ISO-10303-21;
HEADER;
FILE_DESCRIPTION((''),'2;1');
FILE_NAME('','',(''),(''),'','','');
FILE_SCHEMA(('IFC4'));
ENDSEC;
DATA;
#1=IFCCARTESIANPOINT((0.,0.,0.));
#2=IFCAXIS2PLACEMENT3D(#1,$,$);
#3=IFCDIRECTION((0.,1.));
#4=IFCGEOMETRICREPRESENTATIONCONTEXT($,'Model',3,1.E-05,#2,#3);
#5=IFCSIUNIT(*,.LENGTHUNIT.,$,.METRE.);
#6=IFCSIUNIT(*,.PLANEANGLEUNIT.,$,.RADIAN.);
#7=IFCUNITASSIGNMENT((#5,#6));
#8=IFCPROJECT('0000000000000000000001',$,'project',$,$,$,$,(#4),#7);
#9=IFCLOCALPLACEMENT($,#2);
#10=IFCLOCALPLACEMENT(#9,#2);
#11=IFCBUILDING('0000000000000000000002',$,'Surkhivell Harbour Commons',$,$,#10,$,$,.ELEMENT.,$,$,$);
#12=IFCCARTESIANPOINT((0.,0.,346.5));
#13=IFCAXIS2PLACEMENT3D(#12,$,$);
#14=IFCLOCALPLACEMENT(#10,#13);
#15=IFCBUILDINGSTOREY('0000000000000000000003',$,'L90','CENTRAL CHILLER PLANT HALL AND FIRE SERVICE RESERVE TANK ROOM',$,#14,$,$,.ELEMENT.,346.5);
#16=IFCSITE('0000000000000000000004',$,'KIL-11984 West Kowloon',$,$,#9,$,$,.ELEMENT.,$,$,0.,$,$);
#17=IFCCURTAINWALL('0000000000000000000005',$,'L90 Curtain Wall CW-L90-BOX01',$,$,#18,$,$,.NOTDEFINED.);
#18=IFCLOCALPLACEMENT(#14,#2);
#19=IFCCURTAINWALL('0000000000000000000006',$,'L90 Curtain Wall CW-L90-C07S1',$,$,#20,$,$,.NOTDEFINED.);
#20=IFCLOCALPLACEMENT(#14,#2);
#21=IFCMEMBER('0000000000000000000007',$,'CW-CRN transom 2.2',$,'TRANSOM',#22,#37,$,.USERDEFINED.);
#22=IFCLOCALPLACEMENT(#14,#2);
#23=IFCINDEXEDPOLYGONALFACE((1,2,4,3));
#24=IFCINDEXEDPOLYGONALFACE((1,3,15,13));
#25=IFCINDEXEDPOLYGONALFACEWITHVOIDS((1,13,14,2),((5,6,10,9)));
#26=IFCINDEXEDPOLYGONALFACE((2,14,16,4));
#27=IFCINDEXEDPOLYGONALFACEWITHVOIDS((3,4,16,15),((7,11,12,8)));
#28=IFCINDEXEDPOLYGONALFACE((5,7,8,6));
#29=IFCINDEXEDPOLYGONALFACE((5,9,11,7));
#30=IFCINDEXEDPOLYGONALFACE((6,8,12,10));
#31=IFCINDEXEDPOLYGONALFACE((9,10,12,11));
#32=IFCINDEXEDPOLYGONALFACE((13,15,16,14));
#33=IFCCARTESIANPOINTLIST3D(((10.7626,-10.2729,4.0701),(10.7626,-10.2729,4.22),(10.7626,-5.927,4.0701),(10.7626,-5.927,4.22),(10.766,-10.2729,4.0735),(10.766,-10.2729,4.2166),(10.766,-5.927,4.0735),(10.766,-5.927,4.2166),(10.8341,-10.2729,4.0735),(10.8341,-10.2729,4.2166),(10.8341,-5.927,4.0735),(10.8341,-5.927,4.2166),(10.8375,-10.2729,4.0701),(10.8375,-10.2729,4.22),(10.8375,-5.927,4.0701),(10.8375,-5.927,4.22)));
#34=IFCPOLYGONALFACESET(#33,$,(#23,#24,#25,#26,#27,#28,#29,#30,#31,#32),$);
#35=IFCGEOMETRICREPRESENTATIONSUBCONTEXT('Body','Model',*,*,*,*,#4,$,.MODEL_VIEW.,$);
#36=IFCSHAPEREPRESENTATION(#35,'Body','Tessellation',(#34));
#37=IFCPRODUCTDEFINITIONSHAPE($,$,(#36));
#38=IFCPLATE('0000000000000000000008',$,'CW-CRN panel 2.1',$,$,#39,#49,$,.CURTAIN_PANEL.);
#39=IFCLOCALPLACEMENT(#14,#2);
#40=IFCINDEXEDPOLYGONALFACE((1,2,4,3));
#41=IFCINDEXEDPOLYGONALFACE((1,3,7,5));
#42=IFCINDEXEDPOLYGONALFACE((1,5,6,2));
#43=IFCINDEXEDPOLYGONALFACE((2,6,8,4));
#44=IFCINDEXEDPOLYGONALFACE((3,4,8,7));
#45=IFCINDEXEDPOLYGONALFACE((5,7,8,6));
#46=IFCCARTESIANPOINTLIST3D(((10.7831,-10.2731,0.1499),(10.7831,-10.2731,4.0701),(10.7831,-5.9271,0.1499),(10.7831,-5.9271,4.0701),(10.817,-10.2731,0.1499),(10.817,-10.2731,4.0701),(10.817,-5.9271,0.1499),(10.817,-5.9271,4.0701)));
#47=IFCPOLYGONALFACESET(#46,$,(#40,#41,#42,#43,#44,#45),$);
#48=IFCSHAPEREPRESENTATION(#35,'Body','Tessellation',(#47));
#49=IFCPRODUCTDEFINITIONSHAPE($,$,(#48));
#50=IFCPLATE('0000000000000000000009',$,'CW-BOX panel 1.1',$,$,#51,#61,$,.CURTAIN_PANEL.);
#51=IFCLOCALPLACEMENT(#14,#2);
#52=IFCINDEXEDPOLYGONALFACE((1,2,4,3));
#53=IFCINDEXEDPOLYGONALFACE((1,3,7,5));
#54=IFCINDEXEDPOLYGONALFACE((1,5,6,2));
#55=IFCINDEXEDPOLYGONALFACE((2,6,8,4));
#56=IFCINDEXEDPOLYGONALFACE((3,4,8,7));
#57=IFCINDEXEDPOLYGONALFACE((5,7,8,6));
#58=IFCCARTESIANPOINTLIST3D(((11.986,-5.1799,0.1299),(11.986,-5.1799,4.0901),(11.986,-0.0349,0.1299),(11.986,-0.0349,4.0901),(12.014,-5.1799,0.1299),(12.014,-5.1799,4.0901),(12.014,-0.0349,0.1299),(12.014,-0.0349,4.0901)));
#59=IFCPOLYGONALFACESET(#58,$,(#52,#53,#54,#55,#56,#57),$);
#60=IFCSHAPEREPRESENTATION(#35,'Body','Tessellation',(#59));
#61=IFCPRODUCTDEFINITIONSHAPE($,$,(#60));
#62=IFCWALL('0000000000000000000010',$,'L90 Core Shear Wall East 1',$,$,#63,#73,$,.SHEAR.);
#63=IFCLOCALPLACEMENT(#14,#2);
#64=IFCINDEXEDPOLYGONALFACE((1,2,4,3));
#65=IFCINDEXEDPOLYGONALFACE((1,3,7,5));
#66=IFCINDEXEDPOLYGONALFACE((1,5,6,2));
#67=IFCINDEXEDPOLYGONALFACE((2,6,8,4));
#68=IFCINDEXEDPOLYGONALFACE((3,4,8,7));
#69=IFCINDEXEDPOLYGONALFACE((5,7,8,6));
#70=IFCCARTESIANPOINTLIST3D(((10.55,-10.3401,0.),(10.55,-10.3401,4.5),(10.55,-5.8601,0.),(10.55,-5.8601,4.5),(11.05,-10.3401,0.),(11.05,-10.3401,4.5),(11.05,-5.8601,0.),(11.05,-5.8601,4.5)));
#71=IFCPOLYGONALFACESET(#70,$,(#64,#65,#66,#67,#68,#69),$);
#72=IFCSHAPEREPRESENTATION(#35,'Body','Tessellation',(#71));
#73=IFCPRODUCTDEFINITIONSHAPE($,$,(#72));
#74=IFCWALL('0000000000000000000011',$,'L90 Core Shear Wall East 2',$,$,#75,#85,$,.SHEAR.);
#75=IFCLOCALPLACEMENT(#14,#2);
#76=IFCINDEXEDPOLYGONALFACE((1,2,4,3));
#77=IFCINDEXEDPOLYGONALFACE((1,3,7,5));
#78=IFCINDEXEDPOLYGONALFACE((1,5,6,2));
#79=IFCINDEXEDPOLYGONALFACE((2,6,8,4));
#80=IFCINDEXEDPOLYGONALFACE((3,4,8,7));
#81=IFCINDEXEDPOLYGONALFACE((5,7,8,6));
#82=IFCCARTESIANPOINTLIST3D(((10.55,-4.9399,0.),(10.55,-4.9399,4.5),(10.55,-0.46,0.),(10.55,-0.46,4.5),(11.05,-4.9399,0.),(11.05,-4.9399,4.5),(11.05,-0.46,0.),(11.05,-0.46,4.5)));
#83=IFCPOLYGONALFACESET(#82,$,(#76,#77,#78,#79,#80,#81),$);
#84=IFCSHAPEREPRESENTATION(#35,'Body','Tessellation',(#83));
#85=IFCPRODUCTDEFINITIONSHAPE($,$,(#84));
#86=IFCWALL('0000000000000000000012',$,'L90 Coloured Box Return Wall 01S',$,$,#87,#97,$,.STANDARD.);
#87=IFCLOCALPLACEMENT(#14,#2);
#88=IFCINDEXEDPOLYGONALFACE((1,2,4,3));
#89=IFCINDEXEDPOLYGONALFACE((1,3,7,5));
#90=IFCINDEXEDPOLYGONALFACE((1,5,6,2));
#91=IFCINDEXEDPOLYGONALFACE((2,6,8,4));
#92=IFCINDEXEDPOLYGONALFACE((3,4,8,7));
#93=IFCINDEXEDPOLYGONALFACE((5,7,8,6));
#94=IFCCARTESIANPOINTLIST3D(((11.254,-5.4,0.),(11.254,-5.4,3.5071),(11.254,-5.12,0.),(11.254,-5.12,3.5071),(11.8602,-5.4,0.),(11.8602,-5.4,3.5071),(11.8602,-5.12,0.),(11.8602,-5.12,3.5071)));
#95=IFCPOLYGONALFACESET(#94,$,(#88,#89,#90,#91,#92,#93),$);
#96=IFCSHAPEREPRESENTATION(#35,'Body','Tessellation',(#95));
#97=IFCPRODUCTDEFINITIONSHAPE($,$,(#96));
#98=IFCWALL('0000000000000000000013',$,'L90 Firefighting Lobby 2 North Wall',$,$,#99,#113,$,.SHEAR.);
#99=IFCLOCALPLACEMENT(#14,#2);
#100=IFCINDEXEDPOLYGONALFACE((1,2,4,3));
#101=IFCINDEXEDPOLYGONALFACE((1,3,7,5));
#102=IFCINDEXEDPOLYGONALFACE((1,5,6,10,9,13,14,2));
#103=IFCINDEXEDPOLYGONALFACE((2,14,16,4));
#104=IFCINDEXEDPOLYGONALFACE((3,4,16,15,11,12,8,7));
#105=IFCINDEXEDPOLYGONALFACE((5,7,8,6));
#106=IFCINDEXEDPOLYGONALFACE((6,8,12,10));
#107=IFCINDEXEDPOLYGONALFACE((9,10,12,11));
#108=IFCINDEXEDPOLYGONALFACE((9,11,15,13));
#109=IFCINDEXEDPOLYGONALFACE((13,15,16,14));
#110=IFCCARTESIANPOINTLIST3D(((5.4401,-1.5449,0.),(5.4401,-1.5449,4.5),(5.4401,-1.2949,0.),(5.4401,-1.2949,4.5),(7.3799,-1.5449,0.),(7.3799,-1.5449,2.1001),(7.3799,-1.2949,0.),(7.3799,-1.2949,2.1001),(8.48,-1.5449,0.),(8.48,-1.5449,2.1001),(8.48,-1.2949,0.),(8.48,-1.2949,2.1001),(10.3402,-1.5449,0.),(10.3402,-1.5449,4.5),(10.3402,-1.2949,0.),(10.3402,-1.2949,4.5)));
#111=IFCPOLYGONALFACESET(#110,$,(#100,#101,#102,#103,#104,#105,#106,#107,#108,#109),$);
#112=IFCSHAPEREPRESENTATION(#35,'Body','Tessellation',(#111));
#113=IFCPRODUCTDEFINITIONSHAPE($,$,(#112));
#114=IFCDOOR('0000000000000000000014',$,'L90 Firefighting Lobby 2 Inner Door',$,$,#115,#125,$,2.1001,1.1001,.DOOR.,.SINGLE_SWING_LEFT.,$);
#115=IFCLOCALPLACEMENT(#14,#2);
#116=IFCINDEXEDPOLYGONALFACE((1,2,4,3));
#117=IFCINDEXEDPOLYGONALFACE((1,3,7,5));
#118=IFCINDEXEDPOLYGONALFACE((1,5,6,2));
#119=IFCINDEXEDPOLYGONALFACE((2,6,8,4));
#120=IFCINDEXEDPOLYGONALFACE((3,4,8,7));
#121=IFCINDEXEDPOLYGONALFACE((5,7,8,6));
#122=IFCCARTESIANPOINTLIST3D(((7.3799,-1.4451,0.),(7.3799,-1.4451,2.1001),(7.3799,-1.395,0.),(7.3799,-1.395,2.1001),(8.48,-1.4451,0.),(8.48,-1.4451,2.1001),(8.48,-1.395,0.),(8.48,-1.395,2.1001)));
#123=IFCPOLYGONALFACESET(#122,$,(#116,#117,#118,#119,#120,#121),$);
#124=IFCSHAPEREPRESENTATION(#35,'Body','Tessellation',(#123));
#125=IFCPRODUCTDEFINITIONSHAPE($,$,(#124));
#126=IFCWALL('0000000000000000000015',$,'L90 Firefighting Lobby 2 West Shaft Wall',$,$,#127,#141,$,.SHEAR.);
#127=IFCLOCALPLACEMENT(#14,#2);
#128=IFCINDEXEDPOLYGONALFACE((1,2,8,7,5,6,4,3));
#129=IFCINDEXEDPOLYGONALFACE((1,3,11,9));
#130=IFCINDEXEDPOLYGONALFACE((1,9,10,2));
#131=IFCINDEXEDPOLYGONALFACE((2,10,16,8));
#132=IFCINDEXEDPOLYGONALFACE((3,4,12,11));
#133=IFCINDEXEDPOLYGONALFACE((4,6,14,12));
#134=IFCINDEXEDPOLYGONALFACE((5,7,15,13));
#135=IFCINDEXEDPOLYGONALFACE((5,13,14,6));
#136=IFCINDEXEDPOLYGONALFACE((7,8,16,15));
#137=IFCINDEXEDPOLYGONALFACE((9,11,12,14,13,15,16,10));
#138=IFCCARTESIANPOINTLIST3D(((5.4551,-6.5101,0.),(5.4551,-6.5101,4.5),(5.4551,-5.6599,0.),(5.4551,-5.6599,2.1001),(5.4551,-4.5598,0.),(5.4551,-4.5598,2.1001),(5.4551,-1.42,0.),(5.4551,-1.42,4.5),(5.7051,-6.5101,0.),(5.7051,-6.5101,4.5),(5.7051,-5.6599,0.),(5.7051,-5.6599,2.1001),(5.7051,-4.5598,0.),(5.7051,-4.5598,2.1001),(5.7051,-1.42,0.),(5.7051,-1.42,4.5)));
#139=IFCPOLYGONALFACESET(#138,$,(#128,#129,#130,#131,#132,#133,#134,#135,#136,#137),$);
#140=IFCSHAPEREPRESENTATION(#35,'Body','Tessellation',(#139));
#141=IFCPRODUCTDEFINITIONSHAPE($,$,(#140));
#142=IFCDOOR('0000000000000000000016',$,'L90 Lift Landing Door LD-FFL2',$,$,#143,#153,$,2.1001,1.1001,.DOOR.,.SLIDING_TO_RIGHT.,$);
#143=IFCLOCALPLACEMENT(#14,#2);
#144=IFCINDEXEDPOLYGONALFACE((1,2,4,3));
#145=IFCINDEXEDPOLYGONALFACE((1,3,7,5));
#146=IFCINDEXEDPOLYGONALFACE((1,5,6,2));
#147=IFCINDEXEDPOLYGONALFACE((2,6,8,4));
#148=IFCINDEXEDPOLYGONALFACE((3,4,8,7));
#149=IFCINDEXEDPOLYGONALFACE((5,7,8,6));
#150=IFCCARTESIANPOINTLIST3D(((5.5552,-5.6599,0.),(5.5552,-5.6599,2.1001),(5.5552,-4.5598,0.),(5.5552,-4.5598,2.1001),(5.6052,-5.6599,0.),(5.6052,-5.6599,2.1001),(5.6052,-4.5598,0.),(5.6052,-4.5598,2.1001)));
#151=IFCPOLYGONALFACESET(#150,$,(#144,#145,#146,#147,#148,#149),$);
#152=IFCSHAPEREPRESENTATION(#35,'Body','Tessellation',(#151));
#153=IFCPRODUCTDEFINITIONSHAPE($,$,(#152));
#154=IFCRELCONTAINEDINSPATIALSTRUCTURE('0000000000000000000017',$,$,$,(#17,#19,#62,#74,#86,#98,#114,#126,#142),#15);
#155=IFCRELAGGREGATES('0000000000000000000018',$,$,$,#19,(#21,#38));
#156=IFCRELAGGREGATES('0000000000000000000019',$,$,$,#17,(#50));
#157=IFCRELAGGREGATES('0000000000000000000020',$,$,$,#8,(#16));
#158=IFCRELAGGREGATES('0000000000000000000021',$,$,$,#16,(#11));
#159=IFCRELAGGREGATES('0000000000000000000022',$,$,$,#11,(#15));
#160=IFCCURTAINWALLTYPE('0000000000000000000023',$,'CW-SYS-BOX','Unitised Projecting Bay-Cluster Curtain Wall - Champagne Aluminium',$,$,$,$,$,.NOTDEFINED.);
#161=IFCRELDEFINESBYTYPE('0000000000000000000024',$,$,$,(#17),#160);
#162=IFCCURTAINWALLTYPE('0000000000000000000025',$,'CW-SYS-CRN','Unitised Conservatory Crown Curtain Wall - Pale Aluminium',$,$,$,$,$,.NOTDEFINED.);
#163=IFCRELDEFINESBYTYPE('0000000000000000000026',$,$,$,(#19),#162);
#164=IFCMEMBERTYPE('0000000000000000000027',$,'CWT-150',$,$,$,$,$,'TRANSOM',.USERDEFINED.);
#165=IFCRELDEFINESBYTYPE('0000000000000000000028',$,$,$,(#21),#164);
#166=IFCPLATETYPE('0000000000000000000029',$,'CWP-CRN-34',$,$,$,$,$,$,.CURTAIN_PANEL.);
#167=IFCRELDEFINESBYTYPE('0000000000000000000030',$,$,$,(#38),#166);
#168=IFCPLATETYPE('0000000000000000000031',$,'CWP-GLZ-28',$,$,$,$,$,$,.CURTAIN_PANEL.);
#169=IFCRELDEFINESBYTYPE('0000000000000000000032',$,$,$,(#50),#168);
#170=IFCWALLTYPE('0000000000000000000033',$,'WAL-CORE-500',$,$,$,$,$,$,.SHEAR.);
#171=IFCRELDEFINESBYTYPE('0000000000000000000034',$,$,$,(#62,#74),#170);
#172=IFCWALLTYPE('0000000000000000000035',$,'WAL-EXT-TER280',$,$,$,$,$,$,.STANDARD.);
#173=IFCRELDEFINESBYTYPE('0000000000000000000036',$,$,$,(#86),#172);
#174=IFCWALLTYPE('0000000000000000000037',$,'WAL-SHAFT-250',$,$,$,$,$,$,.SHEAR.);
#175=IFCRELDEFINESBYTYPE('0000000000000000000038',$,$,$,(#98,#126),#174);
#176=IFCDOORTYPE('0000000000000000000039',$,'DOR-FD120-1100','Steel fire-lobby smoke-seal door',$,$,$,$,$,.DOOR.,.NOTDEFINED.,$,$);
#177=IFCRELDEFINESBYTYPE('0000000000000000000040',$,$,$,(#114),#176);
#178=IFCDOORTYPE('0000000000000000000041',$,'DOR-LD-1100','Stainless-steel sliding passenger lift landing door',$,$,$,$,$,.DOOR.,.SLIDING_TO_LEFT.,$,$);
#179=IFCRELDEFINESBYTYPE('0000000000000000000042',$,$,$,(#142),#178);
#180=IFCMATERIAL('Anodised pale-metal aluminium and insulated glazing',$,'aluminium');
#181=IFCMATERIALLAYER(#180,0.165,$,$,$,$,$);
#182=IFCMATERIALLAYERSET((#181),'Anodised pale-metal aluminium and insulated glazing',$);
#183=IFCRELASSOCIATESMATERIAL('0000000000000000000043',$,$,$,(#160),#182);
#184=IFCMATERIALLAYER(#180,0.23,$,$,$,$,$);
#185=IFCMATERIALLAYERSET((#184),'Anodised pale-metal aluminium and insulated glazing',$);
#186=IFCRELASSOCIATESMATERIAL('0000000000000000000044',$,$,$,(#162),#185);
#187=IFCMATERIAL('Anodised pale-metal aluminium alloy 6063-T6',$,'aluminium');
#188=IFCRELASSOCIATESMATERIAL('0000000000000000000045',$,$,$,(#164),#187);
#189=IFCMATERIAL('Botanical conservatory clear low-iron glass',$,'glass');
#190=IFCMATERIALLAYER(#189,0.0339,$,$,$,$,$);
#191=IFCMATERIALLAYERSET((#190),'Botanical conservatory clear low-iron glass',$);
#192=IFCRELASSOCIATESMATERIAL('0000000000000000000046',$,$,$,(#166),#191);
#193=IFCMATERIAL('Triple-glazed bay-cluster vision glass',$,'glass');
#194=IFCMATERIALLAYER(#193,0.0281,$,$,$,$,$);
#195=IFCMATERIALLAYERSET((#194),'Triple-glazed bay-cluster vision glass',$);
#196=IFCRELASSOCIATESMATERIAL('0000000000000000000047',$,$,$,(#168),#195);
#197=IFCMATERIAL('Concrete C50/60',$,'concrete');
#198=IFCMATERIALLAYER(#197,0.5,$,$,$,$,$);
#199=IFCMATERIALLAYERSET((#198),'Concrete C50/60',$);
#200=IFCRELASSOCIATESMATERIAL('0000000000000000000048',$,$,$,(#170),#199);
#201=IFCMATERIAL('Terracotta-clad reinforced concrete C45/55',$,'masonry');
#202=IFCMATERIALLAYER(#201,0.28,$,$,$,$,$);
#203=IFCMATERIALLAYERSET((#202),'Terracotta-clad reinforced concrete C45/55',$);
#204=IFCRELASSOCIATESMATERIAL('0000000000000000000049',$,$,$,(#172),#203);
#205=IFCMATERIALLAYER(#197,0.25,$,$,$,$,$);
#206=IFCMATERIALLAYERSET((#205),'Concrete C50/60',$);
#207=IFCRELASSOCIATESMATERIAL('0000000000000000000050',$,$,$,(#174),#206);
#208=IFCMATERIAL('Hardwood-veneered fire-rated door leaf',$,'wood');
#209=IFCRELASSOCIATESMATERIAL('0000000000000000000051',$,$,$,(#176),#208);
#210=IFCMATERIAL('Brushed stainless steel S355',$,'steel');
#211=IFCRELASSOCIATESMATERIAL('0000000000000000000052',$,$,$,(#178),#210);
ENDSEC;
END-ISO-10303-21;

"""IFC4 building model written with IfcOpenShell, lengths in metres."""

from ifc_helpers import new_model, si_unit, direction, frame, frame_2d, origin, origin_2d, place, context, subcontext, project, spatial, rectangle, hollow_rectangle, extrude, material, layer, layer_set, material_profile, profile_set, type_object, element, fill, aggregate, save


model = new_model("IFC4")

# Units and contexts
model_context = context("Model", 3, precision=1e-05, world=origin(), true_north=direction((0.0, 1.0)))
body_context = subcontext(model_context, "Body", "Model", "MODEL_VIEW")
ifc_project = project(units=[si_unit("LENGTHUNIT", "METRE"), si_unit("PLANEANGLEUNIT", "RADIAN")], contexts=[model_context])

# Site, building, storey
site_placement = place(None, origin())
site = spatial("IfcSite", under=ifc_project, at=site_placement, Name="KIL-11984 West Kowloon", CompositionType="ELEMENT", RefElevation=0.0)
building_placement = place(site_placement, origin())
building = spatial("IfcBuilding", under=site, at=building_placement, Name="Surkhivell Harbour Commons", CompositionType="ELEMENT")
storey_placement = place(building_placement, frame((0.0, 0.0, 346.5)))
storey = spatial("IfcBuildingStorey", under=building, at=storey_placement, Name="L90", Description="CENTRAL CHILLER PLANT HALL AND FIRE SERVICE RESERVE TANK ROOM", CompositionType="ELEMENT", Elevation=346.5)

# Curtain wall
ifc_material_1 = material(Name="Anodised pale-metal aluminium and insulated glazing", Category="aluminium")
ifc_layer_1 = layer(ifc_material_1, 0.165)
ifc_layer_set_1 = layer_set([ifc_layer_1], Name="Anodised pale-metal aluminium and insulated glazing")
curtain_wall_type_1 = type_object("IfcCurtainWallType", Name="CW-SYS-BOX", Description="Unitised Projecting Bay-Cluster Curtain Wall - Champagne Aluminium", PredefinedType="NOTDEFINED", material=ifc_layer_set_1)
curtain_wall_1_placement = place(storey_placement, origin())
curtain_wall_1 = element("IfcCurtainWall", 1, at=curtain_wall_1_placement, inside=storey, type_object=curtain_wall_type_1, Name="L90 Curtain Wall CW-L90-BOX01", PredefinedType="NOTDEFINED")

# Curtain wall
ifc_layer_2 = layer(ifc_material_1, 0.23)
ifc_layer_set_2 = layer_set([ifc_layer_2], Name="Anodised pale-metal aluminium and insulated glazing")
curtain_wall_type_2 = type_object("IfcCurtainWallType", Name="CW-SYS-CRN", Description="Unitised Conservatory Crown Curtain Wall - Pale Aluminium", PredefinedType="NOTDEFINED", material=ifc_layer_set_2)
curtain_wall_2_placement = place(storey_placement, origin())
curtain_wall_2 = element("IfcCurtainWall", 2, at=curtain_wall_2_placement, inside=storey, type_object=curtain_wall_type_2, Name="L90 Curtain Wall CW-L90-C07S1", PredefinedType="NOTDEFINED")
ifc_material_2 = material(Name="Anodised pale-metal aluminium alloy 6063-T6", Category="aluminium")

# Member
ifc_material_profile_1 = material_profile(ifc_material_2, hollow_rectangle(XDim=0.075, YDim=0.1499, WallThickness=0.0034, at=origin_2d()), Name="ALU-TRAN-75x150")
ifc_profile_set_1 = profile_set([ifc_material_profile_1], Name="Anodised pale-metal aluminium alloy 6063-T6")
member_type_1 = type_object("IfcMemberType", Name="CWT-150", ElementType="TRANSOM", PredefinedType="USERDEFINED", material=ifc_profile_set_1)
member_1_placement = place(storey_placement, frame((10.8, -10.2729, 4.145), z_axis=(0.0, 1.0, 0.0), x_axis=(-1.0, 0.0, 0.0)))
member_1 = element("IfcMember", 3, at=member_1_placement, type_object=member_type_1, Name="CW-CRN transom 2.2", ObjectType="TRANSOM", PredefinedType="USERDEFINED", context=body_context, shape_type="SweptSolid", body=[
    extrude(hollow_rectangle(XDim=0.075, YDim=0.1499, WallThickness=0.0034, at=origin_2d()), origin(), (0.0, 0.0, 1.0), 4.3459),
])

# Plates
ifc_material_3 = material(Name="Botanical conservatory clear low-iron glass", Category="glass")
ifc_layer_3 = layer(ifc_material_3, 0.0339)
ifc_layer_set_3 = layer_set([ifc_layer_3], Name="Botanical conservatory clear low-iron glass")
plate_type_1 = type_object("IfcPlateType", Name="CWP-CRN-34", PredefinedType="CURTAIN_PANEL", material=ifc_layer_set_3)
plate_1_placement = place(storey_placement, frame((10.8, -10.2729, 0.1499), z_axis=(0.0, 0.0, 1.0), x_axis=(0.0, 1.0, 0.0)))
plate_1 = element("IfcPlate", 4, at=plate_1_placement, type_object=plate_type_1, Name="CW-CRN panel 2.1", PredefinedType="CURTAIN_PANEL", context=body_context, shape_type="SweptSolid", body=[
    extrude(rectangle(XDim=4.3459, YDim=0.0339, at=frame_2d((2.1729, 0.0))), origin(), (0.0, 0.0, 1.0), 3.9202),
])
aggregate(curtain_wall_2, [member_1, plate_1])
ifc_material_4 = material(Name="Triple-glazed bay-cluster vision glass", Category="glass")
ifc_layer_4 = layer(ifc_material_4, 0.0281)
ifc_layer_set_4 = layer_set([ifc_layer_4], Name="Triple-glazed bay-cluster vision glass")
plate_type_2 = type_object("IfcPlateType", Name="CWP-GLZ-28", PredefinedType="CURTAIN_PANEL", material=ifc_layer_set_4)
plate_2_placement = place(storey_placement, frame((12.0, -5.1799, 0.1299), z_axis=(0.0, 0.0, 1.0), x_axis=(0.0, 1.0, 0.0)))
plate_2 = element("IfcPlate", 5, at=plate_2_placement, type_object=plate_type_2, Name="CW-BOX panel 1.1", PredefinedType="CURTAIN_PANEL", context=body_context, shape_type="SweptSolid", body=[
    extrude(rectangle(XDim=5.145, YDim=0.0281, at=frame_2d((2.5725, 0.0))), origin(), (0.0, 0.0, 1.0), 3.9602),
])
aggregate(curtain_wall_1, [plate_2])

# Walls
ifc_material_5 = material(Name="Concrete C50/60", Category="concrete")
ifc_layer_5 = layer(ifc_material_5, 0.5)
ifc_layer_set_5 = layer_set([ifc_layer_5], Name="Concrete C50/60")
wall_type_1 = type_object("IfcWallType", Name="WAL-CORE-500", PredefinedType="SHEAR", material=ifc_layer_set_5)
for number, where, z_axis, x_axis, name in (
    (6, (10.8, -10.3401, 0.0), (0.0, 0.0, 1.0), (0.0, 1.0, 0.0), "L90 Core Shear Wall East 1"),
    (7, (10.8, -4.9399, 0.0), (0.0, 0.0, 1.0), (0.0, 1.0, 0.0), "L90 Core Shear Wall East 2"),
):
    element("IfcWall", number, at=place(storey_placement, frame(where, z_axis=z_axis, x_axis=x_axis)), inside=storey, type_object=wall_type_1, Name=name, PredefinedType="SHEAR", context=body_context, shape_type="SweptSolid", body=[
        extrude(rectangle(XDim=4.48, YDim=0.5, at=frame_2d((2.24, 0.0))), origin(), (0.0, 0.0, 1.0), 4.5),
    ])
ifc_material_6 = material(Name="Terracotta-clad reinforced concrete C45/55", Category="masonry")
ifc_layer_6 = layer(ifc_material_6, 0.28)
ifc_layer_set_6 = layer_set([ifc_layer_6], Name="Terracotta-clad reinforced concrete C45/55")
wall_type_2 = type_object("IfcWallType", Name="WAL-EXT-TER280", PredefinedType="STANDARD", material=ifc_layer_set_6)
wall_1_placement = place(storey_placement, frame((11.2539, -5.26, 0.0), z_axis=(0.0, 0.0, 1.0), x_axis=(1.0, 0.0, 0.0)))
element("IfcWall", 8, at=wall_1_placement, inside=storey, type_object=wall_type_2, Name="L90 Coloured Box Return Wall 01S", PredefinedType="STANDARD", context=body_context, shape_type="SweptSolid", body=[
    extrude(rectangle(XDim=0.6062, YDim=0.28, at=frame_2d((0.3032, 0.0))), origin(), (0.0, 0.0, 1.0), 3.5071),
])

# Walls, openings, doors
ifc_layer_7 = layer(ifc_material_5, 0.25)
ifc_layer_set_7 = layer_set([ifc_layer_7], Name="Concrete C50/60")
wall_type_3 = type_object("IfcWallType", Name="WAL-SHAFT-250", PredefinedType="SHEAR", material=ifc_layer_set_7)
wall_2_placement = place(storey_placement, frame((5.4399, -1.4199, 0.0), z_axis=(0.0, 0.0, 1.0), x_axis=(1.0, 0.0, 0.0)))
wall_2 = element("IfcWall", 9, at=wall_2_placement, inside=storey, type_object=wall_type_3, Name="L90 Firefighting Lobby 2 North Wall", PredefinedType="SHEAR", context=body_context, shape_type="SweptSolid", body=[
    extrude(rectangle(XDim=4.9001, YDim=0.25, at=frame_2d((2.4502, 0.0))), origin(), (0.0, 0.0, 1.0), 4.5),
])
opening_1_placement = place(wall_2_placement, frame((1.9399, 0.0, 0.0)))
opening_1 = element("IfcOpeningElement", 10, at=opening_1_placement, cuts=wall_2, PredefinedType="OPENING", context=body_context, shape_type="SweptSolid", body=[
    extrude(rectangle(XDim=1.1001, YDim=2.1001, at=frame_2d((0.55, 1.05))), frame((0.0, 0.135, 0.0), z_axis=(0.0, -1.0, 0.0), x_axis=(1.0, 0.0, 0.0)), (0.0, 0.0, 1.0), 0.27),
])
ifc_material_7 = material(Name="Hardwood-veneered fire-rated door leaf", Category="wood")
door_type_1 = type_object("IfcDoorType", Name="DOR-FD120-1100", Description="Steel fire-lobby smoke-seal door", OperationType="NOTDEFINED", PredefinedType="DOOR", material=ifc_material_7)
door_1_placement = place(opening_1_placement, origin())
door_1 = element("IfcDoor", 11, at=door_1_placement, inside=storey, type_object=door_type_1, Name="L90 Firefighting Lobby 2 Inner Door", OperationType="SINGLE_SWING_LEFT", OverallHeight=2.1001, OverallWidth=1.1001, PredefinedType="DOOR", context=body_context, shape_type="SweptSolid", body=[
    extrude(rectangle(XDim=1.1001, YDim=2.1001, at=frame_2d((0.55, 1.05))), frame((0.0, 0.0249, 0.0), z_axis=(0.0, -1.0, 0.0), x_axis=(1.0, 0.0, 0.0)), (0.0, 0.0, 1.0), 0.05),
])
fill(opening_1, door_1)
wall_3_placement = place(storey_placement, frame((5.5801, -6.51, 0.0), z_axis=(0.0, 0.0, 1.0), x_axis=(0.0, 1.0, 0.0)))
wall_3 = element("IfcWall", 12, at=wall_3_placement, inside=storey, type_object=wall_type_3, Name="L90 Firefighting Lobby 2 West Shaft Wall", PredefinedType="SHEAR", context=body_context, shape_type="SweptSolid", body=[
    extrude(rectangle(XDim=5.0901, YDim=0.25, at=frame_2d((2.5449, 0.0))), origin(), (0.0, 0.0, 1.0), 4.5),
])
opening_2_placement = place(wall_3_placement, frame((0.8501, 0.0, 0.0)))
opening_2 = element("IfcOpeningElement", 13, at=opening_2_placement, cuts=wall_3, PredefinedType="OPENING", context=body_context, shape_type="SweptSolid", body=[
    extrude(rectangle(XDim=1.1001, YDim=2.1001, at=frame_2d((0.55, 1.05))), frame((0.0, 0.135, 0.0), z_axis=(0.0, -1.0, 0.0), x_axis=(1.0, 0.0, 0.0)), (0.0, 0.0, 1.0), 0.27),
])
ifc_material_8 = material(Name="Brushed stainless steel S355", Category="steel")
door_type_2 = type_object("IfcDoorType", Name="DOR-LD-1100", Description="Stainless-steel sliding passenger lift landing door", OperationType="SLIDING_TO_LEFT", PredefinedType="DOOR", material=ifc_material_8)
door_2_placement = place(opening_2_placement, origin())
door_2 = element("IfcDoor", 14, at=door_2_placement, inside=storey, type_object=door_type_2, Name="L90 Lift Landing Door LD-FFL2", OperationType="SLIDING_TO_RIGHT", OverallHeight=2.1001, OverallWidth=1.1001, PredefinedType="DOOR", context=body_context, shape_type="SweptSolid", body=[
    extrude(rectangle(XDim=1.1001, YDim=2.1001, at=frame_2d((0.55, 1.05))), frame((0.0, 0.0249, 0.0), z_axis=(0.0, -1.0, 0.0), x_axis=(1.0, 0.0, 0.0)), (0.0, 0.0, 1.0), 0.05),
])
fill(opening_2, door_2)

save(model, "model.ifc")
